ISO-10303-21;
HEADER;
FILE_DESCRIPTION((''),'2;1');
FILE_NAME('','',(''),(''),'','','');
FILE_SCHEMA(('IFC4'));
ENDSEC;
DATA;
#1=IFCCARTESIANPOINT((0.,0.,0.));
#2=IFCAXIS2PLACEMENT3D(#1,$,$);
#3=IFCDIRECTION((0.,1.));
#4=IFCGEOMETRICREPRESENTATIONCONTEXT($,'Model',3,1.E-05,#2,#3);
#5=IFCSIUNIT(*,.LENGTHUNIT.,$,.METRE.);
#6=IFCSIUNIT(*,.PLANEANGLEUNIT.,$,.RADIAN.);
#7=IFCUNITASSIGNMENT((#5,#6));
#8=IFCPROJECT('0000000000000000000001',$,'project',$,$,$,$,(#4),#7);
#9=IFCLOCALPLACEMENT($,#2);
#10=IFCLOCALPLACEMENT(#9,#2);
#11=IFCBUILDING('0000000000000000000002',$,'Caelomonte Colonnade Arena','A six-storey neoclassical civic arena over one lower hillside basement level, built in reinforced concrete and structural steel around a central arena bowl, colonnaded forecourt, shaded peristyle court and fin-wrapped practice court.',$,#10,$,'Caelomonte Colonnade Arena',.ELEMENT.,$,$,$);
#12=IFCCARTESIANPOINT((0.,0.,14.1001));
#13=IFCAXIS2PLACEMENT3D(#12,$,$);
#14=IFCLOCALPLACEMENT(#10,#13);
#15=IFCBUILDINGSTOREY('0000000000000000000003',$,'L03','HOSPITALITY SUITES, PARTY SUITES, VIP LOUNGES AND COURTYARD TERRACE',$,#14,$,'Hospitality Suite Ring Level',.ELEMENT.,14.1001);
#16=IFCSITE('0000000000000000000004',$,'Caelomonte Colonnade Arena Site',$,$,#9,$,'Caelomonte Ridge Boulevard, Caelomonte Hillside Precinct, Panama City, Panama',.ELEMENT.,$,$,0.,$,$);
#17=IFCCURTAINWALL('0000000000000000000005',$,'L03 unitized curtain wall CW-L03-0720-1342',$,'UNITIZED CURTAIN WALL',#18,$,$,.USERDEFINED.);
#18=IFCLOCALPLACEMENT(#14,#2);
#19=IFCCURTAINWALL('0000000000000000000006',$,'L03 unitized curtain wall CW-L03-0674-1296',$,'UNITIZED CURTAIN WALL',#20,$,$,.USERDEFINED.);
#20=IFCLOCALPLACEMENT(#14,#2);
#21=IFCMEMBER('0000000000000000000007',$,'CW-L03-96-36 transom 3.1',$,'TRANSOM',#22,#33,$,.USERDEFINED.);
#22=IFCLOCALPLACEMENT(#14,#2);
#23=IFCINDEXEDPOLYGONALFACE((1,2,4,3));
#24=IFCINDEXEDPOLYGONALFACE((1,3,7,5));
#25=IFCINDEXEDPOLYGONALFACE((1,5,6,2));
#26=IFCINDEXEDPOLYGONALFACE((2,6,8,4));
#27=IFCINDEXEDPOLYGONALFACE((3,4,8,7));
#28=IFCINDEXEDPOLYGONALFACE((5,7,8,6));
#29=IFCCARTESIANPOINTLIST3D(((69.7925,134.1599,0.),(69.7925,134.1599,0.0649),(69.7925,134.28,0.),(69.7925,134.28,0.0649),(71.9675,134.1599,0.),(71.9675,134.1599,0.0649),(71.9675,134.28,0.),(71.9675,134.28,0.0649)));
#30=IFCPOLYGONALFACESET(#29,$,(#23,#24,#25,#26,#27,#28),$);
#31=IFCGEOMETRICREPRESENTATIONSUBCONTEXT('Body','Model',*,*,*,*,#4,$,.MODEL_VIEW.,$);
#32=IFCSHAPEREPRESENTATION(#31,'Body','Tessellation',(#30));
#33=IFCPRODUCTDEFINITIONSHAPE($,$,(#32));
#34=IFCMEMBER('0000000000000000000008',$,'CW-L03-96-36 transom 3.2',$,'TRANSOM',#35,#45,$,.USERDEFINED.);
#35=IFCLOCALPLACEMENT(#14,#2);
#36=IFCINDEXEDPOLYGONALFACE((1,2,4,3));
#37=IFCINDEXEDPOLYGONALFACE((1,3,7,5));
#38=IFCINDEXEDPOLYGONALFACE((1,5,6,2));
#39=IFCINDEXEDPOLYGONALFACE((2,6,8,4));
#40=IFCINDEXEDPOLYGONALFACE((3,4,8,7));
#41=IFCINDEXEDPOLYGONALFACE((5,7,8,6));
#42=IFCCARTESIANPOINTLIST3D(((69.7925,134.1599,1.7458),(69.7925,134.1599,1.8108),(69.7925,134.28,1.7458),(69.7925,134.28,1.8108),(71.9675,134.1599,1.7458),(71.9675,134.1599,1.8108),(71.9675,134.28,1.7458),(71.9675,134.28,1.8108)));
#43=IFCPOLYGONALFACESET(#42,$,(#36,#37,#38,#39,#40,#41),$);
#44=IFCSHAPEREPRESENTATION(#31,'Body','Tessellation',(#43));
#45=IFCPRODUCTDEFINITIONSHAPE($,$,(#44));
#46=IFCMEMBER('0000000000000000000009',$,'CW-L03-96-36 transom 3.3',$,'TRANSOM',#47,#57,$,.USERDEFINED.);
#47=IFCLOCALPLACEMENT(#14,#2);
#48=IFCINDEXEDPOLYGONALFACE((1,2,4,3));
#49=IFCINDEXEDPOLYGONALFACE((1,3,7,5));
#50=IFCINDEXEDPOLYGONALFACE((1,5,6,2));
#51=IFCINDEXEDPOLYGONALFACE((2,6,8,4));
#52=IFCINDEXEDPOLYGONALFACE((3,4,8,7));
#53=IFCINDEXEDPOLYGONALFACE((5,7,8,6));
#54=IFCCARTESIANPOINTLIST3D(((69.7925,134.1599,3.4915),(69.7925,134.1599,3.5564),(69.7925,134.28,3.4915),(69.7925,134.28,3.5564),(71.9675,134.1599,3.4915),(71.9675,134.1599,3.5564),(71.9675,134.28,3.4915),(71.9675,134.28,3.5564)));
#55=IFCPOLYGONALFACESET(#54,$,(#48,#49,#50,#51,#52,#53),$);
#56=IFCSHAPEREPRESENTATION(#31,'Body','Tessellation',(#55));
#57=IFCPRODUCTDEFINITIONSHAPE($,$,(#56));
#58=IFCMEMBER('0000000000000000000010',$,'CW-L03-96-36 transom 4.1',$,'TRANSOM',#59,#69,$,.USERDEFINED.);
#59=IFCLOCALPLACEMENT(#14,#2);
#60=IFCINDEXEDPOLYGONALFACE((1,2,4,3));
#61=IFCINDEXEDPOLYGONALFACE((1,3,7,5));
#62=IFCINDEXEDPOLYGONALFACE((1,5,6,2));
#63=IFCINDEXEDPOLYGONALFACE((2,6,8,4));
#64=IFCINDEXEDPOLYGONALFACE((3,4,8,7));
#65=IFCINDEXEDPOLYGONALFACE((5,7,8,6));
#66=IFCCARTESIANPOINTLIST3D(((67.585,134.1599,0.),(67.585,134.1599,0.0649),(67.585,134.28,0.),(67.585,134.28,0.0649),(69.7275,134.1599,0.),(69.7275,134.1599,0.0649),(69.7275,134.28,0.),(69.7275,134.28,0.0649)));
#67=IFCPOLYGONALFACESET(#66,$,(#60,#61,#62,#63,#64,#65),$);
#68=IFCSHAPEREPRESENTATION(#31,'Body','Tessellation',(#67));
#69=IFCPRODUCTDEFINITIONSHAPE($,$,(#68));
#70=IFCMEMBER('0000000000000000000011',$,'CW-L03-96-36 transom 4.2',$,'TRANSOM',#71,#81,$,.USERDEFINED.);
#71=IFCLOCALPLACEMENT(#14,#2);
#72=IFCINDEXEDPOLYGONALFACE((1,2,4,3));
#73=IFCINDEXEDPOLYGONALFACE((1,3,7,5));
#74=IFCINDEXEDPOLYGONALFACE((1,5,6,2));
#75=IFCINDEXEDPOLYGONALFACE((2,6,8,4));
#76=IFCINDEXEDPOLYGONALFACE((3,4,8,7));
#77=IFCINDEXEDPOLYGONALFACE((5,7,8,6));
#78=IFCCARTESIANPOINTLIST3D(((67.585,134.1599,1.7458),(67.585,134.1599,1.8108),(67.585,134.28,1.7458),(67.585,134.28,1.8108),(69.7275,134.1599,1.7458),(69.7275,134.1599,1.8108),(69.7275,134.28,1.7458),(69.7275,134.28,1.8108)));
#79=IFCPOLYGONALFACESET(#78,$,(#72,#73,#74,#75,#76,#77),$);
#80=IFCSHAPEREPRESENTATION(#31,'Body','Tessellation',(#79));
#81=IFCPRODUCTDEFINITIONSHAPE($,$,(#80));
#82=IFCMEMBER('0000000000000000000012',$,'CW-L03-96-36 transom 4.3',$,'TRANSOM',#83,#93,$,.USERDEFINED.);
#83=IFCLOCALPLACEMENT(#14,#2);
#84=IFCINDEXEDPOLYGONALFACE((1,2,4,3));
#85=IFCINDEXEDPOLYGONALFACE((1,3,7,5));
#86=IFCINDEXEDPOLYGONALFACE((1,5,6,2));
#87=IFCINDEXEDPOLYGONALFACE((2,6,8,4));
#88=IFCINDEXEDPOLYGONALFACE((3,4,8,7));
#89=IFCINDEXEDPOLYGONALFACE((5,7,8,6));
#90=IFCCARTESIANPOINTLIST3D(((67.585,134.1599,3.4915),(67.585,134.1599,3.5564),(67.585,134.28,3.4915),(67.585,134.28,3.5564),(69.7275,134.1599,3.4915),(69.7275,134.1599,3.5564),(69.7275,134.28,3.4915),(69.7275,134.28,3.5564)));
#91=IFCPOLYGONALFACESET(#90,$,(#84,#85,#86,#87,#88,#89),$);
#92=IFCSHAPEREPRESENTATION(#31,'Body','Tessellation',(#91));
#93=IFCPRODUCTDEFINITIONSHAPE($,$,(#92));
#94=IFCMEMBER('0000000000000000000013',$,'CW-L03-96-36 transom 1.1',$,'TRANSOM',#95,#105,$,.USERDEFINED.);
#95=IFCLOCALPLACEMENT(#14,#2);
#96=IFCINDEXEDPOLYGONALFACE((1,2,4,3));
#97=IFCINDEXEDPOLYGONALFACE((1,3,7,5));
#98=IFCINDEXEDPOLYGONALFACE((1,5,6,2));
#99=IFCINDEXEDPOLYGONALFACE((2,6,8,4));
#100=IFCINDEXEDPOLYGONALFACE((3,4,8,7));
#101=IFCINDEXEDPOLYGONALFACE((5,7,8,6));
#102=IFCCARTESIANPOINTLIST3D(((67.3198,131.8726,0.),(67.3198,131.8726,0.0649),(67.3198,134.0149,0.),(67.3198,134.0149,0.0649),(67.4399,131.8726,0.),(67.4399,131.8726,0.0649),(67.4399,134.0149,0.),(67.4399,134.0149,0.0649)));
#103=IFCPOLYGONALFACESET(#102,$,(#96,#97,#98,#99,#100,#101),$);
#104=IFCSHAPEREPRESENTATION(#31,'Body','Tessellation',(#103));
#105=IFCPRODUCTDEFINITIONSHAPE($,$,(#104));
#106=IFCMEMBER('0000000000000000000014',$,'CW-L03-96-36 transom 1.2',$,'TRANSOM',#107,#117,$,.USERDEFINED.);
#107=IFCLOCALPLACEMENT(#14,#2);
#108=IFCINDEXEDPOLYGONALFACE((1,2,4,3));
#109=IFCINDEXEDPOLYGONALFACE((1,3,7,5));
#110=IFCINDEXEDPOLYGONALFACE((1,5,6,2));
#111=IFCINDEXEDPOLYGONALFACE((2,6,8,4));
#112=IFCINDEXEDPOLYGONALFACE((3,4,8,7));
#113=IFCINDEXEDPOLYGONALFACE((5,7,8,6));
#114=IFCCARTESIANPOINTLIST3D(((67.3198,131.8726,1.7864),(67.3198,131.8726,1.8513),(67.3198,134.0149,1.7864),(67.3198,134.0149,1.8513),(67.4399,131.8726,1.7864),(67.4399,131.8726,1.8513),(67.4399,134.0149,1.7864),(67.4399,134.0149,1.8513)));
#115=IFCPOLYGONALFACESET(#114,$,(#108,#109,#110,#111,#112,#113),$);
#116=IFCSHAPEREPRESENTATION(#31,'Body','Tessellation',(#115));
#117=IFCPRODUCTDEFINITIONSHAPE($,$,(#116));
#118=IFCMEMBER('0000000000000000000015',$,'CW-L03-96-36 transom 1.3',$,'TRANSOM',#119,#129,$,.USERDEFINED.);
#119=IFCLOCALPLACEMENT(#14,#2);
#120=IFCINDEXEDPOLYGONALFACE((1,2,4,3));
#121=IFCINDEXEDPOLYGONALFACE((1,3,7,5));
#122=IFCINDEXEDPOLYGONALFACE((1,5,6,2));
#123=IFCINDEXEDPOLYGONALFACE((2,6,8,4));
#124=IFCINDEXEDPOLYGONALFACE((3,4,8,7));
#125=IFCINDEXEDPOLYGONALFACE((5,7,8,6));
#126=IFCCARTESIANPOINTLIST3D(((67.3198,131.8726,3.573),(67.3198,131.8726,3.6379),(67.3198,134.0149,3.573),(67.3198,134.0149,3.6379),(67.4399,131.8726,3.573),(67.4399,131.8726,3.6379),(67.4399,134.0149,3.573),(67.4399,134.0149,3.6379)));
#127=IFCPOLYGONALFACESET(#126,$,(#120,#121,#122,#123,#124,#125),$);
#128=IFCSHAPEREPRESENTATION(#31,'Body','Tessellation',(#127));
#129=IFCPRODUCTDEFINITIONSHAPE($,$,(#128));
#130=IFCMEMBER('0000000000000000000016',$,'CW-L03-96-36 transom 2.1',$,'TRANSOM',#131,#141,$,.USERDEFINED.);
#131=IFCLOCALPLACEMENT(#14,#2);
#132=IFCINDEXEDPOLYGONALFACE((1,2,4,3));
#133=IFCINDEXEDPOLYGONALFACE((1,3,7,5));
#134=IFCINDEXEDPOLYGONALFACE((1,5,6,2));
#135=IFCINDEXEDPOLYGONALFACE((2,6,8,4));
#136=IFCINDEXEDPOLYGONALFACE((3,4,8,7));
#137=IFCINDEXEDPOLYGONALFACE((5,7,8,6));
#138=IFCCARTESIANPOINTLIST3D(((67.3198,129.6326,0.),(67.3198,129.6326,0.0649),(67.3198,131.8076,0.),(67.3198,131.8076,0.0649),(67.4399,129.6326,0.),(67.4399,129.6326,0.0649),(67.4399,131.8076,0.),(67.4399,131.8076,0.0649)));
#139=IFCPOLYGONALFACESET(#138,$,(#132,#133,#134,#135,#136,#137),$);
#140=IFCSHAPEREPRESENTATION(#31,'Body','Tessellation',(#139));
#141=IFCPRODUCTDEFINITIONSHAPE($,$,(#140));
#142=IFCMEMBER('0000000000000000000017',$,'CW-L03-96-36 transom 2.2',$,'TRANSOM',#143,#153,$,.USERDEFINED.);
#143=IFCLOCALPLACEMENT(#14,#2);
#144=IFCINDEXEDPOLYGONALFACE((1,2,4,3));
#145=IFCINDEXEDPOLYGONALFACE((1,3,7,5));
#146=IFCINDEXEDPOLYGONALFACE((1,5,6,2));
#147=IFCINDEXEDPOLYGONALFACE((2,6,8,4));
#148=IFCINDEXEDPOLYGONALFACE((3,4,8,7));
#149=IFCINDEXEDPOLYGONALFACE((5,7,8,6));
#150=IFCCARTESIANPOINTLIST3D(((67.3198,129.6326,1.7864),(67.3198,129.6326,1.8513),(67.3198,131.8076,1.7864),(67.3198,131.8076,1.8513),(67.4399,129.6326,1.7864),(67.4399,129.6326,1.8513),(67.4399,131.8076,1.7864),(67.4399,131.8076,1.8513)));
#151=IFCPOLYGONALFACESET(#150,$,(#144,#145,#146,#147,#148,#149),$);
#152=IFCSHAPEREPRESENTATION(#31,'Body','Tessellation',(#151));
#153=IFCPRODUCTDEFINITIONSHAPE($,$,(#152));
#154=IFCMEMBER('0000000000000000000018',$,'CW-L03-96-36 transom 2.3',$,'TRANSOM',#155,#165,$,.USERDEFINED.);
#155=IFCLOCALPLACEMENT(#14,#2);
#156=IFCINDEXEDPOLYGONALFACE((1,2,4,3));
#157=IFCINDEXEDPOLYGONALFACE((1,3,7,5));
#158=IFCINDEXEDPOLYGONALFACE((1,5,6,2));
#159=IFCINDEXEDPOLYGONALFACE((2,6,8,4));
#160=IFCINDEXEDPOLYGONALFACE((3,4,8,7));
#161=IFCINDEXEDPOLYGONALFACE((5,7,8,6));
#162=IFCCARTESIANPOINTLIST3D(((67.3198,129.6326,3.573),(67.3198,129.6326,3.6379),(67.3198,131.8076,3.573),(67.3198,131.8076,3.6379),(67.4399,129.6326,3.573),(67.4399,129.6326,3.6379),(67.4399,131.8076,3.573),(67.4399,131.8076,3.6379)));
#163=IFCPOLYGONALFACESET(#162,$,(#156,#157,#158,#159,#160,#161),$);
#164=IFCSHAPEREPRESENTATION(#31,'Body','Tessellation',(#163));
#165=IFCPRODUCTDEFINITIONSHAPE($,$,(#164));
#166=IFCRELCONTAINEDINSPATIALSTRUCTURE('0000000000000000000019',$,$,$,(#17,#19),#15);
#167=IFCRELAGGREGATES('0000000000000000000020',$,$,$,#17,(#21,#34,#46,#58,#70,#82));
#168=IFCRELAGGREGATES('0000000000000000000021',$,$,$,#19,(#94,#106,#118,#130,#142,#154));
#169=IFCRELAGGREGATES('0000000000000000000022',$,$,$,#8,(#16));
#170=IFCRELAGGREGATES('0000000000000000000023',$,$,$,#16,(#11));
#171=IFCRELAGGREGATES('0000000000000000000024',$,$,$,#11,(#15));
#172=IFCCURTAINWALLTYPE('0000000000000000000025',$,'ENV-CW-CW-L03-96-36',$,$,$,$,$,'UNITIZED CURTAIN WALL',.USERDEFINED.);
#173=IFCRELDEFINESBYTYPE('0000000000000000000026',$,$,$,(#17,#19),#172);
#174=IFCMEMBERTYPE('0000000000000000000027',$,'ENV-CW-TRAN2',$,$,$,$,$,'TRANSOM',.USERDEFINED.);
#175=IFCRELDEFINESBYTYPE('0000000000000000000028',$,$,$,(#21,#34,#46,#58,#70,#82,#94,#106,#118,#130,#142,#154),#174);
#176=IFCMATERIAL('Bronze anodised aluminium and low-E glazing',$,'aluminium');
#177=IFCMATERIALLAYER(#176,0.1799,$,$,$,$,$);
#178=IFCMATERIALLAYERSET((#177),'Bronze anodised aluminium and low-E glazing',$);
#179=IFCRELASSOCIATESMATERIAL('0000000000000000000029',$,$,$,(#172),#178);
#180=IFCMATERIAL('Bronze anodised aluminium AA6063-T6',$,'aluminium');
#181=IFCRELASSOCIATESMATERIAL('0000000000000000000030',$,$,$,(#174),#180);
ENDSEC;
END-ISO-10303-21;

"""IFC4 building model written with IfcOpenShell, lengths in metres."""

from ifc_helpers import new_model, si_unit, direction, frame, origin, origin_2d, place, context, subcontext, project, spatial, rectangle, extrude, material, layer, layer_set, material_profile, profile_set, type_object, element, aggregate, save


model = new_model("IFC4")

# Units and contexts
model_context = context("Model", 3, precision=1e-05, world=origin(), true_north=direction((0.0, 1.0)))
body_context = subcontext(model_context, "Body", "Model", "MODEL_VIEW")
ifc_project = project(units=[si_unit("LENGTHUNIT", "METRE"), si_unit("PLANEANGLEUNIT", "RADIAN")], contexts=[model_context])

# Site, building, storey
site_placement = place(None, origin())
site = spatial("IfcSite", under=ifc_project, at=site_placement, Name="Caelomonte Colonnade Arena Site", LongName="Caelomonte Ridge Boulevard, Caelomonte Hillside Precinct, Panama City, Panama", CompositionType="ELEMENT", RefElevation=0.0)
building_placement = place(site_placement, origin())
building = spatial("IfcBuilding", under=site, at=building_placement, Name="Caelomonte Colonnade Arena", Description="A six-storey neoclassical civic arena over one lower hillside basement level, built in reinforced concrete and structural steel around a central arena bowl, colonnaded forecourt, shaded peristyle court and fin-wrapped practice court.", LongName="Caelomonte Colonnade Arena", CompositionType="ELEMENT")
storey_placement = place(building_placement, frame((0.0, 0.0, 14.1001)))
storey = spatial("IfcBuildingStorey", under=building, at=storey_placement, Name="L03", Description="HOSPITALITY SUITES, PARTY SUITES, VIP LOUNGES AND COURTYARD TERRACE", LongName="Hospitality Suite Ring Level", CompositionType="ELEMENT", Elevation=14.1001)

# Curtain walls
ifc_material_1 = material(Name="Bronze anodised aluminium and low-E glazing", Category="aluminium")
ifc_layer_1 = layer(ifc_material_1, 0.1799)
ifc_layer_set_1 = layer_set([ifc_layer_1], Name="Bronze anodised aluminium and low-E glazing")
curtain_wall_type = type_object("IfcCurtainWallType", Name="ENV-CW-CW-L03-96-36", ElementType="UNITIZED CURTAIN WALL", PredefinedType="USERDEFINED", material=ifc_layer_set_1)
curtain_wall_1_placement = place(storey_placement, origin())
curtain_wall_1 = element("IfcCurtainWall", 1, at=curtain_wall_1_placement, inside=storey, type_object=curtain_wall_type, Name="L03 unitized curtain wall CW-L03-0720-1342", ObjectType="UNITIZED CURTAIN WALL", PredefinedType="USERDEFINED")
ifc_material_2 = material(Name="Bronze anodised aluminium AA6063-T6", Category="aluminium")
curtain_wall_2_placement = place(storey_placement, origin())
curtain_wall_2 = element("IfcCurtainWall", 2, at=curtain_wall_2_placement, inside=storey, type_object=curtain_wall_type, Name="L03 unitized curtain wall CW-L03-0674-1296", ObjectType="UNITIZED CURTAIN WALL", PredefinedType="USERDEFINED")

# Members
ifc_material_profile_1 = material_profile(ifc_material_2, rectangle(XDim=0.0649, YDim=0.1201, at=origin_2d()), Name="CWT-65X120")
ifc_profile_set_1 = profile_set([ifc_material_profile_1], Name="Bronze anodised aluminium AA6063-T6")
member_type_1 = type_object("IfcMemberType", Name="ENV-CW-TRAN2", ElementType="TRANSOM", PredefinedType="USERDEFINED", material=ifc_profile_set_1)
member_1_placement = place(storey_placement, frame((71.9675, 134.22, 0.0325), z_axis=(-1.0, 0.0, 0.0), x_axis=(0.0, 0.0, 1.0)))
member_1 = element("IfcMember", 3, at=member_1_placement, type_object=member_type_1, Name="CW-L03-96-36 transom 3.1", ObjectType="TRANSOM", PredefinedType="USERDEFINED", context=body_context, shape_type="SweptSolid", body=[
    extrude(rectangle(XDim=0.0649, YDim=0.1201, at=origin_2d()), origin(), (0.0, 0.0, 1.0), 2.175),
])
member_2_placement = place(storey_placement, frame((71.9675, 134.22, 1.7783), z_axis=(-1.0, 0.0, 0.0), x_axis=(0.0, 0.0, 1.0)))
member_2 = element("IfcMember", 4, at=member_2_placement, type_object=member_type_1, Name="CW-L03-96-36 transom 3.2", ObjectType="TRANSOM", PredefinedType="USERDEFINED", context=body_context, shape_type="SweptSolid", body=[
    extrude(rectangle(XDim=0.0649, YDim=0.1201, at=origin_2d()), origin(), (0.0, 0.0, 1.0), 2.175),
])
member_3_placement = place(storey_placement, frame((71.9675, 134.22, 3.5239), z_axis=(-1.0, 0.0, 0.0), x_axis=(0.0, 0.0, 1.0)))
member_3 = element("IfcMember", 5, at=member_3_placement, type_object=member_type_1, Name="CW-L03-96-36 transom 3.3", ObjectType="TRANSOM", PredefinedType="USERDEFINED", context=body_context, shape_type="SweptSolid", body=[
    extrude(rectangle(XDim=0.0649, YDim=0.1201, at=origin_2d()), origin(), (0.0, 0.0, 1.0), 2.175),
])
member_4_placement = place(storey_placement, frame((69.7275, 134.22, 0.0325), z_axis=(-1.0, 0.0, 0.0), x_axis=(0.0, 0.0, 1.0)))
member_4 = element("IfcMember", 6, at=member_4_placement, type_object=member_type_1, Name="CW-L03-96-36 transom 4.1", ObjectType="TRANSOM", PredefinedType="USERDEFINED", context=body_context, shape_type="SweptSolid", body=[
    extrude(rectangle(XDim=0.0649, YDim=0.1201, at=origin_2d()), origin(), (0.0, 0.0, 1.0), 2.1426),
])
member_5_placement = place(storey_placement, frame((69.7275, 134.22, 1.7783), z_axis=(-1.0, 0.0, 0.0), x_axis=(0.0, 0.0, 1.0)))
member_5 = element("IfcMember", 7, at=member_5_placement, type_object=member_type_1, Name="CW-L03-96-36 transom 4.2", ObjectType="TRANSOM", PredefinedType="USERDEFINED", context=body_context, shape_type="SweptSolid", body=[
    extrude(rectangle(XDim=0.0649, YDim=0.1201, at=origin_2d()), origin(), (0.0, 0.0, 1.0), 2.1426),
])
member_6_placement = place(storey_placement, frame((69.7275, 134.22, 3.5239), z_axis=(-1.0, 0.0, 0.0), x_axis=(0.0, 0.0, 1.0)))
member_6 = element("IfcMember", 8, at=member_6_placement, type_object=member_type_1, Name="CW-L03-96-36 transom 4.3", ObjectType="TRANSOM", PredefinedType="USERDEFINED", context=body_context, shape_type="SweptSolid", body=[
    extrude(rectangle(XDim=0.0649, YDim=0.1201, at=origin_2d()), origin(), (0.0, 0.0, 1.0), 2.1426),
])
member_7_placement = place(storey_placement, frame((67.3799, 134.0149, 0.0325), z_axis=(0.0, -1.0, 0.0), x_axis=(0.0, 0.0, 1.0)))
member_7 = element("IfcMember", 9, at=member_7_placement, type_object=member_type_1, Name="CW-L03-96-36 transom 1.1", ObjectType="TRANSOM", PredefinedType="USERDEFINED", context=body_context, shape_type="SweptSolid", body=[
    extrude(rectangle(XDim=0.0649, YDim=0.1201, at=origin_2d()), origin(), (0.0, 0.0, 1.0), 2.1423),
])
member_8_placement = place(storey_placement, frame((67.3799, 134.0149, 1.8188), z_axis=(0.0, -1.0, 0.0), x_axis=(0.0, 0.0, 1.0)))
member_8 = element("IfcMember", 10, at=member_8_placement, type_object=member_type_1, Name="CW-L03-96-36 transom 1.2", ObjectType="TRANSOM", PredefinedType="USERDEFINED", context=body_context, shape_type="SweptSolid", body=[
    extrude(rectangle(XDim=0.0649, YDim=0.1201, at=origin_2d()), origin(), (0.0, 0.0, 1.0), 2.1423),
])
member_9_placement = place(storey_placement, frame((67.3799, 134.0149, 3.6055), z_axis=(0.0, -1.0, 0.0), x_axis=(0.0, 0.0, 1.0)))
member_9 = element("IfcMember", 11, at=member_9_placement, type_object=member_type_1, Name="CW-L03-96-36 transom 1.3", ObjectType="TRANSOM", PredefinedType="USERDEFINED", context=body_context, shape_type="SweptSolid", body=[
    extrude(rectangle(XDim=0.0649, YDim=0.1201, at=origin_2d()), origin(), (0.0, 0.0, 1.0), 2.1423),
])
member_10_placement = place(storey_placement, frame((67.3799, 131.8076, 0.0325), z_axis=(0.0, -1.0, 0.0), x_axis=(0.0, 0.0, 1.0)))
member_10 = element("IfcMember", 12, at=member_10_placement, type_object=member_type_1, Name="CW-L03-96-36 transom 2.1", ObjectType="TRANSOM", PredefinedType="USERDEFINED", context=body_context, shape_type="SweptSolid", body=[
    extrude(rectangle(XDim=0.0649, YDim=0.1201, at=origin_2d()), origin(), (0.0, 0.0, 1.0), 2.175),
])
member_11_placement = place(storey_placement, frame((67.3799, 131.8076, 1.8188), z_axis=(0.0, -1.0, 0.0), x_axis=(0.0, 0.0, 1.0)))
member_11 = element("IfcMember", 13, at=member_11_placement, type_object=member_type_1, Name="CW-L03-96-36 transom 2.2", ObjectType="TRANSOM", PredefinedType="USERDEFINED", context=body_context, shape_type="SweptSolid", body=[
    extrude(rectangle(XDim=0.0649, YDim=0.1201, at=origin_2d()), origin(), (0.0, 0.0, 1.0), 2.175),
])
member_12_placement = place(storey_placement, frame((67.3799, 131.8076, 3.6055), z_axis=(0.0, -1.0, 0.0), x_axis=(0.0, 0.0, 1.0)))
member_12 = element("IfcMember", 14, at=member_12_placement, type_object=member_type_1, Name="CW-L03-96-36 transom 2.3", ObjectType="TRANSOM", PredefinedType="USERDEFINED", context=body_context, shape_type="SweptSolid", body=[
    extrude(rectangle(XDim=0.0649, YDim=0.1201, at=origin_2d()), origin(), (0.0, 0.0, 1.0), 2.175),
])

aggregate(curtain_wall_1, [member_1, member_2, member_3, member_4, member_5, member_6])
aggregate(curtain_wall_2, [member_7, member_8, member_9, member_10, member_11, member_12])

save(model, "model.ifc")
